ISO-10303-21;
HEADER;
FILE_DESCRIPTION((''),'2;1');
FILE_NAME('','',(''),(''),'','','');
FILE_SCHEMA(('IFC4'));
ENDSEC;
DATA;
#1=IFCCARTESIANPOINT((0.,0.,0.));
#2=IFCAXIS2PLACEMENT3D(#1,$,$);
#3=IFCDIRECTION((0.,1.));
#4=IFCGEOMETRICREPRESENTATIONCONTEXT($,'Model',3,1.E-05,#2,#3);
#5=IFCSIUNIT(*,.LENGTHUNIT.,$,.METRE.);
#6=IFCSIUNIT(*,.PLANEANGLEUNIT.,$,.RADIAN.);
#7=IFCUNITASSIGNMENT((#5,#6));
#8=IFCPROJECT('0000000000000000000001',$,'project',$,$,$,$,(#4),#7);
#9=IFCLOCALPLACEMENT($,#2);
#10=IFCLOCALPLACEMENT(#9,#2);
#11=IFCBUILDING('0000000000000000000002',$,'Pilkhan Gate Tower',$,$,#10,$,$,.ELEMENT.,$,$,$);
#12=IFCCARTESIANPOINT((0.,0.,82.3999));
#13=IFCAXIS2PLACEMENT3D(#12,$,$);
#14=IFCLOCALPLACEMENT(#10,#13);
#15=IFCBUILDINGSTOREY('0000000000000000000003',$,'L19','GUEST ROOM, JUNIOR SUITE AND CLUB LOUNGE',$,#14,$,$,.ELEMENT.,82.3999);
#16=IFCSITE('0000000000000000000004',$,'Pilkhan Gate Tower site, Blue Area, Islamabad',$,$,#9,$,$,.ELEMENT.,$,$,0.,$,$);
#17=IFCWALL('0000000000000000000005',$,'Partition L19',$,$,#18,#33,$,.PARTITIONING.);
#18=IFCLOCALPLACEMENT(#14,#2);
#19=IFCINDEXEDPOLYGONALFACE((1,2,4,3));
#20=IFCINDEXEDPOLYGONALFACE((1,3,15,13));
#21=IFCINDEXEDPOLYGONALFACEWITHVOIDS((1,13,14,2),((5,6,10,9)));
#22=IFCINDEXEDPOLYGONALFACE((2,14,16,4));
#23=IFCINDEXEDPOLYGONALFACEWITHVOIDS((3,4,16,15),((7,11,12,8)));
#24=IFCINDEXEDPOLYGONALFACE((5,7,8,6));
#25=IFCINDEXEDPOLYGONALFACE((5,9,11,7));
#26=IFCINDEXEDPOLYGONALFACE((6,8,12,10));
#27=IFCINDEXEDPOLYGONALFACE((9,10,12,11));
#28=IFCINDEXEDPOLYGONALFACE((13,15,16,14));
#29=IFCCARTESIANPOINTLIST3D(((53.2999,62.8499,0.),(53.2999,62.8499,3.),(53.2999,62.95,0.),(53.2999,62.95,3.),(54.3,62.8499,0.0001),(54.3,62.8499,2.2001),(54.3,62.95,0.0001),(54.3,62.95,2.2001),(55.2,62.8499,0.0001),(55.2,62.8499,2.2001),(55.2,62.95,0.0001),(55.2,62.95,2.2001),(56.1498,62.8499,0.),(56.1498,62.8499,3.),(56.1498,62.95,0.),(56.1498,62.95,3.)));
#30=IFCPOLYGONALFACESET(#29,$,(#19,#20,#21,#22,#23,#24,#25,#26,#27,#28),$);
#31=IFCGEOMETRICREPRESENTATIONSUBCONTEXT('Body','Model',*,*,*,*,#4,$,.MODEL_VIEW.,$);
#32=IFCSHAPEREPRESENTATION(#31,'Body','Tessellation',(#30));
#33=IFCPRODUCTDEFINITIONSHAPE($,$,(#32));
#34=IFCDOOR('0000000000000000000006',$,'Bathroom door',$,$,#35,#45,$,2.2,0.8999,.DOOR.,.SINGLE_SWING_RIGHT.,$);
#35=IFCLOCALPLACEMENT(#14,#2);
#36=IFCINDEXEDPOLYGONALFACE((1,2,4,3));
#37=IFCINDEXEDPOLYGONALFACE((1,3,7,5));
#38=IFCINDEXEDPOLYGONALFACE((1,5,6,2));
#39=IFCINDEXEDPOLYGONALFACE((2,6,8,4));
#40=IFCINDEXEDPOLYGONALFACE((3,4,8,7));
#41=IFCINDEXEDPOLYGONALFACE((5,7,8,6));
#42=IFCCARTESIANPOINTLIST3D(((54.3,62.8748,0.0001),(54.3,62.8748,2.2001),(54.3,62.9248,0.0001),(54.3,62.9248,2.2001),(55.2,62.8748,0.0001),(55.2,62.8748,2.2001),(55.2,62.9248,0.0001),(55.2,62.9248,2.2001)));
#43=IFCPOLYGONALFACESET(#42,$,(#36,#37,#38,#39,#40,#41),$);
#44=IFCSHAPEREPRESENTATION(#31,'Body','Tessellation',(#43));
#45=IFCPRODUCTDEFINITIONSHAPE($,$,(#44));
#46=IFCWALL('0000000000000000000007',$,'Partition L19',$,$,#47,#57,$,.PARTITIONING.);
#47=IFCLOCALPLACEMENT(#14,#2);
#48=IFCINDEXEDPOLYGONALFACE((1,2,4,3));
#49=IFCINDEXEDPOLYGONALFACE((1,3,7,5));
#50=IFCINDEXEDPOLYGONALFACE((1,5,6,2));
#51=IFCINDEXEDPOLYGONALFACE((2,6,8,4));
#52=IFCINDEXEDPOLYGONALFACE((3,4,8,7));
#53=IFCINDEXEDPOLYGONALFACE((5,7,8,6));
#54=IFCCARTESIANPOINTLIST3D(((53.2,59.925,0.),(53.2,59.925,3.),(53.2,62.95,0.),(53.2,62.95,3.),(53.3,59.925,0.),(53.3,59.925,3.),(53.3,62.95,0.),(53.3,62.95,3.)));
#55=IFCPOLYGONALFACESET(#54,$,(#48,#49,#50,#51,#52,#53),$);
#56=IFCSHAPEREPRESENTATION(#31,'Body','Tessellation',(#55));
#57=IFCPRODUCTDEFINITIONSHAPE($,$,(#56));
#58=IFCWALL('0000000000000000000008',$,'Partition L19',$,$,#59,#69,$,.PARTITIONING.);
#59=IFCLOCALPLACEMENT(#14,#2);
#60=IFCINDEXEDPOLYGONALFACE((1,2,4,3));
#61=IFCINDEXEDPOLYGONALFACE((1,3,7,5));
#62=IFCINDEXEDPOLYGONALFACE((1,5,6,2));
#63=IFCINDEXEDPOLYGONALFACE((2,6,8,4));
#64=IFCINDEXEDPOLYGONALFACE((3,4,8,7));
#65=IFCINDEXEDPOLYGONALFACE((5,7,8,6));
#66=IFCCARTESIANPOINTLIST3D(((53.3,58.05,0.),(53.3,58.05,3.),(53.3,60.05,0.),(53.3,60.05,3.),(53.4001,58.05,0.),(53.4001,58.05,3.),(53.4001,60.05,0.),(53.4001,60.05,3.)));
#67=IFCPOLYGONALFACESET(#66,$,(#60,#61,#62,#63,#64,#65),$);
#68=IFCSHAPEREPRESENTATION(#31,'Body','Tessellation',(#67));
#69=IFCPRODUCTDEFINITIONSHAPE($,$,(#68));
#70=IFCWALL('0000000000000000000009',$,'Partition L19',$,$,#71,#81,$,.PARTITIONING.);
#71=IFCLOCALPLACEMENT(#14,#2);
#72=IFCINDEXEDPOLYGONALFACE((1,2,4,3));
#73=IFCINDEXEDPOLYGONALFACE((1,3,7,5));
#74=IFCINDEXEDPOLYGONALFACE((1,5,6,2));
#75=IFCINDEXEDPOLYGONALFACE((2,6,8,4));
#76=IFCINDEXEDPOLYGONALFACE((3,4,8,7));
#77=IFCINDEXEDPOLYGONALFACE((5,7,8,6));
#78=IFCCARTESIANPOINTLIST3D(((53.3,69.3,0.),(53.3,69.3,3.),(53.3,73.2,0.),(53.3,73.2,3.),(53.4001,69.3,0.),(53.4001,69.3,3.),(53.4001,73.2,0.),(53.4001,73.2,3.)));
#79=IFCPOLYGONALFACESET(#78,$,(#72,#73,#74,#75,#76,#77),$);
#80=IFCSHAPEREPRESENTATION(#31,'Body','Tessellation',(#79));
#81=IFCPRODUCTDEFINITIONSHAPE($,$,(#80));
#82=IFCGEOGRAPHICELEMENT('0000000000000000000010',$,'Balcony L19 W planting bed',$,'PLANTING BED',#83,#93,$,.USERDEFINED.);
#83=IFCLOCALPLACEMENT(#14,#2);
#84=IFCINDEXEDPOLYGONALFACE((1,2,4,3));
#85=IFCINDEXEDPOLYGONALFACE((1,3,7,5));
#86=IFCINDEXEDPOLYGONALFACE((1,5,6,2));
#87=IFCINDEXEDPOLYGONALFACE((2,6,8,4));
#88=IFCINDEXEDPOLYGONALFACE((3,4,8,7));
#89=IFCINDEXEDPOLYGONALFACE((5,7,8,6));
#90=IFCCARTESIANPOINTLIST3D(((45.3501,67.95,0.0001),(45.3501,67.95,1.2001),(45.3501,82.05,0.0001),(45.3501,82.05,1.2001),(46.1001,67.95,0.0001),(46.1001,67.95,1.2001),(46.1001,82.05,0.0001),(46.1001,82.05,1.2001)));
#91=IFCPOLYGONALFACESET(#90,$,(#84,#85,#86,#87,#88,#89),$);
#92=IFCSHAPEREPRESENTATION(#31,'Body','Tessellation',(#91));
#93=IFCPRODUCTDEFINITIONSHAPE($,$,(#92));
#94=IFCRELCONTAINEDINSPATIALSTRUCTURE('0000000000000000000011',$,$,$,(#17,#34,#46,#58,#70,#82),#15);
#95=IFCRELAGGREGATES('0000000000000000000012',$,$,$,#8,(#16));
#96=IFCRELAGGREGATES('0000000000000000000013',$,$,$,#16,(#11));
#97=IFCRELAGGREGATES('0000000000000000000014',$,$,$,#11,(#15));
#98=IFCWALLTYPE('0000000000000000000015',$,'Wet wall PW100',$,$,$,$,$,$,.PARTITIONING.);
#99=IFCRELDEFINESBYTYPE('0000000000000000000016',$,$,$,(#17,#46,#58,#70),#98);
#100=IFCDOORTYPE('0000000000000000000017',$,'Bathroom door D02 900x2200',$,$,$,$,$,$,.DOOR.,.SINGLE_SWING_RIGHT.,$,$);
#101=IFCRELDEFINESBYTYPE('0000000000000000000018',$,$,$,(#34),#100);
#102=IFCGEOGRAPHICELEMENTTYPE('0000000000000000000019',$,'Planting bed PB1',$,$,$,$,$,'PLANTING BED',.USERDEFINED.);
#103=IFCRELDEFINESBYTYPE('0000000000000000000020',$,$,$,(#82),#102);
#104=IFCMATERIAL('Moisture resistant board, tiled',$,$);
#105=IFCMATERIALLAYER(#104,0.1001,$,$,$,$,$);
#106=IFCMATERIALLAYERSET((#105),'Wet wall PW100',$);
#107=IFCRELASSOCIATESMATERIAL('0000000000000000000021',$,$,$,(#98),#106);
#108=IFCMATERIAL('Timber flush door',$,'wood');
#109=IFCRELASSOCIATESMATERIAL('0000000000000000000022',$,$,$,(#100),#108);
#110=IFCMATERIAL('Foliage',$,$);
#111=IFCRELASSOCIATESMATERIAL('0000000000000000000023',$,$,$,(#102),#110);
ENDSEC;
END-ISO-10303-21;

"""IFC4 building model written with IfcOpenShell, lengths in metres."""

from ifc_helpers import new_model, si_unit, direction, frame, frame_2d, origin, origin_2d, place, context, subcontext, project, spatial, rectangle, extrude, material, layer, layer_set, material_profile, profile_set, type_object, element, fill, save


model = new_model("IFC4")

# Units and contexts
model_context = context("Model", 3, precision=1e-05, world=origin(), true_north=direction((0.0, 1.0)))
body_context = subcontext(model_context, "Body", "Model", "MODEL_VIEW")
ifc_project = project(units=[si_unit("LENGTHUNIT", "METRE"), si_unit("PLANEANGLEUNIT", "RADIAN")], contexts=[model_context])

# Site, building, storey
site_placement = place(None, origin())
site = spatial("IfcSite", under=ifc_project, at=site_placement, Name="Pilkhan Gate Tower site, Blue Area, Islamabad", CompositionType="ELEMENT", RefElevation=0.0)
building_placement = place(site_placement, origin())
building = spatial("IfcBuilding", under=site, at=building_placement, Name="Pilkhan Gate Tower", CompositionType="ELEMENT")
storey_placement = place(building_placement, frame((0.0, 0.0, 82.3999)))
storey = spatial("IfcBuildingStorey", under=building, at=storey_placement, Name="L19", Description="GUEST ROOM, JUNIOR SUITE AND CLUB LOUNGE", CompositionType="ELEMENT", Elevation=82.3999)

# Wall, opening, door
ifc_material_1 = material(Name="Moisture resistant board, tiled")
ifc_layer_1 = layer(ifc_material_1, 0.1001)
ifc_layer_set_1 = layer_set([ifc_layer_1], Name="Wet wall PW100")
wall_type_1 = type_object("IfcWallType", Name="Wet wall PW100", PredefinedType="PARTITIONING", material=ifc_layer_set_1)
ifc_material_2 = material(Name="Timber flush door", Category="wood")
door_type = type_object("IfcDoorType", Name="Bathroom door D02 900x2200", OperationType="SINGLE_SWING_RIGHT", PredefinedType="DOOR", material=ifc_material_2)
wall_1_placement = place(storey_placement, frame((53.3, 62.8999, 0.0), z_axis=(0.0, 0.0, 1.0), x_axis=(1.0, 0.0, 0.0)))
wall_1 = element("IfcWall", 1, at=wall_1_placement, inside=storey, type_object=wall_type_1, Name="Partition L19", PredefinedType="PARTITIONING", context=body_context, shape_type="SweptSolid", body=[
    extrude(rectangle(XDim=2.8499, YDim=0.1001, at=frame_2d((1.4248, 0.0))), origin(), (0.0, 0.0, 1.0), 3.0),
])
opening_1_placement = place(wall_1_placement, frame((1.0, 0.0, 0.0)))
opening_1 = element("IfcOpeningElement", 2, at=opening_1_placement, cuts=wall_1, PredefinedType="OPENING", context=body_context, shape_type="SweptSolid", body=[
    extrude(rectangle(XDim=0.8999, YDim=2.2, at=frame_2d((0.45, 1.1001))), frame((0.0, 0.0601, 0.0), z_axis=(0.0, -1.0, 0.0), x_axis=(1.0, 0.0, 0.0)), (0.0, 0.0, 1.0), 0.1201),
])
door_1_placement = place(opening_1_placement, origin())
door_1 = element("IfcDoor", 3, at=door_1_placement, inside=storey, type_object=door_type, Name="Bathroom door", OperationType="SINGLE_SWING_RIGHT", OverallHeight=2.2, OverallWidth=0.8999, PredefinedType="DOOR", context=body_context, shape_type="SweptSolid", body=[
    extrude(rectangle(XDim=0.8999, YDim=2.2, at=frame_2d((0.45, 1.1001))), frame((0.0, 0.0249, 0.0), z_axis=(0.0, -1.0, 0.0), x_axis=(1.0, 0.0, 0.0)), (0.0, 0.0, 1.0), 0.05),
])
fill(opening_1, door_1)

# Walls
wall_2_placement = place(storey_placement, frame((53.25, 59.925, 0.0), z_axis=(0.0, 0.0, 1.0), x_axis=(0.0, 1.0, 0.0)))
element("IfcWall", 4, at=wall_2_placement, inside=storey, type_object=wall_type_1, Name="Partition L19", PredefinedType="PARTITIONING", context=body_context, shape_type="SweptSolid", body=[
    extrude(rectangle(XDim=3.0249, YDim=0.1001, at=frame_2d((1.5125, 0.0))), origin(), (0.0, 0.0, 1.0), 3.0),
])
wall_3_placement = place(storey_placement, frame((53.3501, 58.05, 0.0), z_axis=(0.0, 0.0, 1.0), x_axis=(0.0, 1.0, 0.0)))
element("IfcWall", 5, at=wall_3_placement, inside=storey, type_object=wall_type_1, Name="Partition L19", PredefinedType="PARTITIONING", context=body_context, shape_type="SweptSolid", body=[
    extrude(rectangle(XDim=2.0, YDim=0.1001, at=frame_2d((1.0, 0.0))), origin(), (0.0, 0.0, 1.0), 3.0),
])
wall_4_placement = place(storey_placement, frame((53.3501, 69.3, 0.0), z_axis=(0.0, 0.0, 1.0), x_axis=(0.0, 1.0, 0.0)))
element("IfcWall", 6, at=wall_4_placement, inside=storey, type_object=wall_type_1, Name="Partition L19", PredefinedType="PARTITIONING", context=body_context, shape_type="SweptSolid", body=[
    extrude(rectangle(XDim=3.8999, YDim=0.1001, at=frame_2d((1.95, 0.0))), origin(), (0.0, 0.0, 1.0), 3.0),
])

# Geographic element
ifc_material_3 = material(Name="Foliage")
ifc_material_profile_1 = material_profile(ifc_material_3, rectangle(XDim=0.75, YDim=1.2, at=origin_2d()), Name="Bed 750x1200")
ifc_profile_set_1 = profile_set([ifc_material_profile_1], Name="Foliage")
geographic_element_type = type_object("IfcGeographicElementType", Name="Planting bed PB1", ElementType="PLANTING BED", PredefinedType="USERDEFINED", material=ifc_profile_set_1)
geographic_element_placement = place(storey_placement, frame((45.7251, 67.95, 0.6001), z_axis=(0.0, 1.0, 0.0), x_axis=(-1.0, 0.0, 0.0)))
element("IfcGeographicElement", 7, at=geographic_element_placement, inside=storey, type_object=geographic_element_type, Name="Balcony L19 W planting bed", ObjectType="PLANTING BED", PredefinedType="USERDEFINED", context=body_context, shape_type="SweptSolid", body=[
    extrude(rectangle(XDim=0.75, YDim=1.2, at=origin_2d()), origin(), (0.0, 0.0, 1.0), 14.1001),
])

save(model, "model.ifc")
